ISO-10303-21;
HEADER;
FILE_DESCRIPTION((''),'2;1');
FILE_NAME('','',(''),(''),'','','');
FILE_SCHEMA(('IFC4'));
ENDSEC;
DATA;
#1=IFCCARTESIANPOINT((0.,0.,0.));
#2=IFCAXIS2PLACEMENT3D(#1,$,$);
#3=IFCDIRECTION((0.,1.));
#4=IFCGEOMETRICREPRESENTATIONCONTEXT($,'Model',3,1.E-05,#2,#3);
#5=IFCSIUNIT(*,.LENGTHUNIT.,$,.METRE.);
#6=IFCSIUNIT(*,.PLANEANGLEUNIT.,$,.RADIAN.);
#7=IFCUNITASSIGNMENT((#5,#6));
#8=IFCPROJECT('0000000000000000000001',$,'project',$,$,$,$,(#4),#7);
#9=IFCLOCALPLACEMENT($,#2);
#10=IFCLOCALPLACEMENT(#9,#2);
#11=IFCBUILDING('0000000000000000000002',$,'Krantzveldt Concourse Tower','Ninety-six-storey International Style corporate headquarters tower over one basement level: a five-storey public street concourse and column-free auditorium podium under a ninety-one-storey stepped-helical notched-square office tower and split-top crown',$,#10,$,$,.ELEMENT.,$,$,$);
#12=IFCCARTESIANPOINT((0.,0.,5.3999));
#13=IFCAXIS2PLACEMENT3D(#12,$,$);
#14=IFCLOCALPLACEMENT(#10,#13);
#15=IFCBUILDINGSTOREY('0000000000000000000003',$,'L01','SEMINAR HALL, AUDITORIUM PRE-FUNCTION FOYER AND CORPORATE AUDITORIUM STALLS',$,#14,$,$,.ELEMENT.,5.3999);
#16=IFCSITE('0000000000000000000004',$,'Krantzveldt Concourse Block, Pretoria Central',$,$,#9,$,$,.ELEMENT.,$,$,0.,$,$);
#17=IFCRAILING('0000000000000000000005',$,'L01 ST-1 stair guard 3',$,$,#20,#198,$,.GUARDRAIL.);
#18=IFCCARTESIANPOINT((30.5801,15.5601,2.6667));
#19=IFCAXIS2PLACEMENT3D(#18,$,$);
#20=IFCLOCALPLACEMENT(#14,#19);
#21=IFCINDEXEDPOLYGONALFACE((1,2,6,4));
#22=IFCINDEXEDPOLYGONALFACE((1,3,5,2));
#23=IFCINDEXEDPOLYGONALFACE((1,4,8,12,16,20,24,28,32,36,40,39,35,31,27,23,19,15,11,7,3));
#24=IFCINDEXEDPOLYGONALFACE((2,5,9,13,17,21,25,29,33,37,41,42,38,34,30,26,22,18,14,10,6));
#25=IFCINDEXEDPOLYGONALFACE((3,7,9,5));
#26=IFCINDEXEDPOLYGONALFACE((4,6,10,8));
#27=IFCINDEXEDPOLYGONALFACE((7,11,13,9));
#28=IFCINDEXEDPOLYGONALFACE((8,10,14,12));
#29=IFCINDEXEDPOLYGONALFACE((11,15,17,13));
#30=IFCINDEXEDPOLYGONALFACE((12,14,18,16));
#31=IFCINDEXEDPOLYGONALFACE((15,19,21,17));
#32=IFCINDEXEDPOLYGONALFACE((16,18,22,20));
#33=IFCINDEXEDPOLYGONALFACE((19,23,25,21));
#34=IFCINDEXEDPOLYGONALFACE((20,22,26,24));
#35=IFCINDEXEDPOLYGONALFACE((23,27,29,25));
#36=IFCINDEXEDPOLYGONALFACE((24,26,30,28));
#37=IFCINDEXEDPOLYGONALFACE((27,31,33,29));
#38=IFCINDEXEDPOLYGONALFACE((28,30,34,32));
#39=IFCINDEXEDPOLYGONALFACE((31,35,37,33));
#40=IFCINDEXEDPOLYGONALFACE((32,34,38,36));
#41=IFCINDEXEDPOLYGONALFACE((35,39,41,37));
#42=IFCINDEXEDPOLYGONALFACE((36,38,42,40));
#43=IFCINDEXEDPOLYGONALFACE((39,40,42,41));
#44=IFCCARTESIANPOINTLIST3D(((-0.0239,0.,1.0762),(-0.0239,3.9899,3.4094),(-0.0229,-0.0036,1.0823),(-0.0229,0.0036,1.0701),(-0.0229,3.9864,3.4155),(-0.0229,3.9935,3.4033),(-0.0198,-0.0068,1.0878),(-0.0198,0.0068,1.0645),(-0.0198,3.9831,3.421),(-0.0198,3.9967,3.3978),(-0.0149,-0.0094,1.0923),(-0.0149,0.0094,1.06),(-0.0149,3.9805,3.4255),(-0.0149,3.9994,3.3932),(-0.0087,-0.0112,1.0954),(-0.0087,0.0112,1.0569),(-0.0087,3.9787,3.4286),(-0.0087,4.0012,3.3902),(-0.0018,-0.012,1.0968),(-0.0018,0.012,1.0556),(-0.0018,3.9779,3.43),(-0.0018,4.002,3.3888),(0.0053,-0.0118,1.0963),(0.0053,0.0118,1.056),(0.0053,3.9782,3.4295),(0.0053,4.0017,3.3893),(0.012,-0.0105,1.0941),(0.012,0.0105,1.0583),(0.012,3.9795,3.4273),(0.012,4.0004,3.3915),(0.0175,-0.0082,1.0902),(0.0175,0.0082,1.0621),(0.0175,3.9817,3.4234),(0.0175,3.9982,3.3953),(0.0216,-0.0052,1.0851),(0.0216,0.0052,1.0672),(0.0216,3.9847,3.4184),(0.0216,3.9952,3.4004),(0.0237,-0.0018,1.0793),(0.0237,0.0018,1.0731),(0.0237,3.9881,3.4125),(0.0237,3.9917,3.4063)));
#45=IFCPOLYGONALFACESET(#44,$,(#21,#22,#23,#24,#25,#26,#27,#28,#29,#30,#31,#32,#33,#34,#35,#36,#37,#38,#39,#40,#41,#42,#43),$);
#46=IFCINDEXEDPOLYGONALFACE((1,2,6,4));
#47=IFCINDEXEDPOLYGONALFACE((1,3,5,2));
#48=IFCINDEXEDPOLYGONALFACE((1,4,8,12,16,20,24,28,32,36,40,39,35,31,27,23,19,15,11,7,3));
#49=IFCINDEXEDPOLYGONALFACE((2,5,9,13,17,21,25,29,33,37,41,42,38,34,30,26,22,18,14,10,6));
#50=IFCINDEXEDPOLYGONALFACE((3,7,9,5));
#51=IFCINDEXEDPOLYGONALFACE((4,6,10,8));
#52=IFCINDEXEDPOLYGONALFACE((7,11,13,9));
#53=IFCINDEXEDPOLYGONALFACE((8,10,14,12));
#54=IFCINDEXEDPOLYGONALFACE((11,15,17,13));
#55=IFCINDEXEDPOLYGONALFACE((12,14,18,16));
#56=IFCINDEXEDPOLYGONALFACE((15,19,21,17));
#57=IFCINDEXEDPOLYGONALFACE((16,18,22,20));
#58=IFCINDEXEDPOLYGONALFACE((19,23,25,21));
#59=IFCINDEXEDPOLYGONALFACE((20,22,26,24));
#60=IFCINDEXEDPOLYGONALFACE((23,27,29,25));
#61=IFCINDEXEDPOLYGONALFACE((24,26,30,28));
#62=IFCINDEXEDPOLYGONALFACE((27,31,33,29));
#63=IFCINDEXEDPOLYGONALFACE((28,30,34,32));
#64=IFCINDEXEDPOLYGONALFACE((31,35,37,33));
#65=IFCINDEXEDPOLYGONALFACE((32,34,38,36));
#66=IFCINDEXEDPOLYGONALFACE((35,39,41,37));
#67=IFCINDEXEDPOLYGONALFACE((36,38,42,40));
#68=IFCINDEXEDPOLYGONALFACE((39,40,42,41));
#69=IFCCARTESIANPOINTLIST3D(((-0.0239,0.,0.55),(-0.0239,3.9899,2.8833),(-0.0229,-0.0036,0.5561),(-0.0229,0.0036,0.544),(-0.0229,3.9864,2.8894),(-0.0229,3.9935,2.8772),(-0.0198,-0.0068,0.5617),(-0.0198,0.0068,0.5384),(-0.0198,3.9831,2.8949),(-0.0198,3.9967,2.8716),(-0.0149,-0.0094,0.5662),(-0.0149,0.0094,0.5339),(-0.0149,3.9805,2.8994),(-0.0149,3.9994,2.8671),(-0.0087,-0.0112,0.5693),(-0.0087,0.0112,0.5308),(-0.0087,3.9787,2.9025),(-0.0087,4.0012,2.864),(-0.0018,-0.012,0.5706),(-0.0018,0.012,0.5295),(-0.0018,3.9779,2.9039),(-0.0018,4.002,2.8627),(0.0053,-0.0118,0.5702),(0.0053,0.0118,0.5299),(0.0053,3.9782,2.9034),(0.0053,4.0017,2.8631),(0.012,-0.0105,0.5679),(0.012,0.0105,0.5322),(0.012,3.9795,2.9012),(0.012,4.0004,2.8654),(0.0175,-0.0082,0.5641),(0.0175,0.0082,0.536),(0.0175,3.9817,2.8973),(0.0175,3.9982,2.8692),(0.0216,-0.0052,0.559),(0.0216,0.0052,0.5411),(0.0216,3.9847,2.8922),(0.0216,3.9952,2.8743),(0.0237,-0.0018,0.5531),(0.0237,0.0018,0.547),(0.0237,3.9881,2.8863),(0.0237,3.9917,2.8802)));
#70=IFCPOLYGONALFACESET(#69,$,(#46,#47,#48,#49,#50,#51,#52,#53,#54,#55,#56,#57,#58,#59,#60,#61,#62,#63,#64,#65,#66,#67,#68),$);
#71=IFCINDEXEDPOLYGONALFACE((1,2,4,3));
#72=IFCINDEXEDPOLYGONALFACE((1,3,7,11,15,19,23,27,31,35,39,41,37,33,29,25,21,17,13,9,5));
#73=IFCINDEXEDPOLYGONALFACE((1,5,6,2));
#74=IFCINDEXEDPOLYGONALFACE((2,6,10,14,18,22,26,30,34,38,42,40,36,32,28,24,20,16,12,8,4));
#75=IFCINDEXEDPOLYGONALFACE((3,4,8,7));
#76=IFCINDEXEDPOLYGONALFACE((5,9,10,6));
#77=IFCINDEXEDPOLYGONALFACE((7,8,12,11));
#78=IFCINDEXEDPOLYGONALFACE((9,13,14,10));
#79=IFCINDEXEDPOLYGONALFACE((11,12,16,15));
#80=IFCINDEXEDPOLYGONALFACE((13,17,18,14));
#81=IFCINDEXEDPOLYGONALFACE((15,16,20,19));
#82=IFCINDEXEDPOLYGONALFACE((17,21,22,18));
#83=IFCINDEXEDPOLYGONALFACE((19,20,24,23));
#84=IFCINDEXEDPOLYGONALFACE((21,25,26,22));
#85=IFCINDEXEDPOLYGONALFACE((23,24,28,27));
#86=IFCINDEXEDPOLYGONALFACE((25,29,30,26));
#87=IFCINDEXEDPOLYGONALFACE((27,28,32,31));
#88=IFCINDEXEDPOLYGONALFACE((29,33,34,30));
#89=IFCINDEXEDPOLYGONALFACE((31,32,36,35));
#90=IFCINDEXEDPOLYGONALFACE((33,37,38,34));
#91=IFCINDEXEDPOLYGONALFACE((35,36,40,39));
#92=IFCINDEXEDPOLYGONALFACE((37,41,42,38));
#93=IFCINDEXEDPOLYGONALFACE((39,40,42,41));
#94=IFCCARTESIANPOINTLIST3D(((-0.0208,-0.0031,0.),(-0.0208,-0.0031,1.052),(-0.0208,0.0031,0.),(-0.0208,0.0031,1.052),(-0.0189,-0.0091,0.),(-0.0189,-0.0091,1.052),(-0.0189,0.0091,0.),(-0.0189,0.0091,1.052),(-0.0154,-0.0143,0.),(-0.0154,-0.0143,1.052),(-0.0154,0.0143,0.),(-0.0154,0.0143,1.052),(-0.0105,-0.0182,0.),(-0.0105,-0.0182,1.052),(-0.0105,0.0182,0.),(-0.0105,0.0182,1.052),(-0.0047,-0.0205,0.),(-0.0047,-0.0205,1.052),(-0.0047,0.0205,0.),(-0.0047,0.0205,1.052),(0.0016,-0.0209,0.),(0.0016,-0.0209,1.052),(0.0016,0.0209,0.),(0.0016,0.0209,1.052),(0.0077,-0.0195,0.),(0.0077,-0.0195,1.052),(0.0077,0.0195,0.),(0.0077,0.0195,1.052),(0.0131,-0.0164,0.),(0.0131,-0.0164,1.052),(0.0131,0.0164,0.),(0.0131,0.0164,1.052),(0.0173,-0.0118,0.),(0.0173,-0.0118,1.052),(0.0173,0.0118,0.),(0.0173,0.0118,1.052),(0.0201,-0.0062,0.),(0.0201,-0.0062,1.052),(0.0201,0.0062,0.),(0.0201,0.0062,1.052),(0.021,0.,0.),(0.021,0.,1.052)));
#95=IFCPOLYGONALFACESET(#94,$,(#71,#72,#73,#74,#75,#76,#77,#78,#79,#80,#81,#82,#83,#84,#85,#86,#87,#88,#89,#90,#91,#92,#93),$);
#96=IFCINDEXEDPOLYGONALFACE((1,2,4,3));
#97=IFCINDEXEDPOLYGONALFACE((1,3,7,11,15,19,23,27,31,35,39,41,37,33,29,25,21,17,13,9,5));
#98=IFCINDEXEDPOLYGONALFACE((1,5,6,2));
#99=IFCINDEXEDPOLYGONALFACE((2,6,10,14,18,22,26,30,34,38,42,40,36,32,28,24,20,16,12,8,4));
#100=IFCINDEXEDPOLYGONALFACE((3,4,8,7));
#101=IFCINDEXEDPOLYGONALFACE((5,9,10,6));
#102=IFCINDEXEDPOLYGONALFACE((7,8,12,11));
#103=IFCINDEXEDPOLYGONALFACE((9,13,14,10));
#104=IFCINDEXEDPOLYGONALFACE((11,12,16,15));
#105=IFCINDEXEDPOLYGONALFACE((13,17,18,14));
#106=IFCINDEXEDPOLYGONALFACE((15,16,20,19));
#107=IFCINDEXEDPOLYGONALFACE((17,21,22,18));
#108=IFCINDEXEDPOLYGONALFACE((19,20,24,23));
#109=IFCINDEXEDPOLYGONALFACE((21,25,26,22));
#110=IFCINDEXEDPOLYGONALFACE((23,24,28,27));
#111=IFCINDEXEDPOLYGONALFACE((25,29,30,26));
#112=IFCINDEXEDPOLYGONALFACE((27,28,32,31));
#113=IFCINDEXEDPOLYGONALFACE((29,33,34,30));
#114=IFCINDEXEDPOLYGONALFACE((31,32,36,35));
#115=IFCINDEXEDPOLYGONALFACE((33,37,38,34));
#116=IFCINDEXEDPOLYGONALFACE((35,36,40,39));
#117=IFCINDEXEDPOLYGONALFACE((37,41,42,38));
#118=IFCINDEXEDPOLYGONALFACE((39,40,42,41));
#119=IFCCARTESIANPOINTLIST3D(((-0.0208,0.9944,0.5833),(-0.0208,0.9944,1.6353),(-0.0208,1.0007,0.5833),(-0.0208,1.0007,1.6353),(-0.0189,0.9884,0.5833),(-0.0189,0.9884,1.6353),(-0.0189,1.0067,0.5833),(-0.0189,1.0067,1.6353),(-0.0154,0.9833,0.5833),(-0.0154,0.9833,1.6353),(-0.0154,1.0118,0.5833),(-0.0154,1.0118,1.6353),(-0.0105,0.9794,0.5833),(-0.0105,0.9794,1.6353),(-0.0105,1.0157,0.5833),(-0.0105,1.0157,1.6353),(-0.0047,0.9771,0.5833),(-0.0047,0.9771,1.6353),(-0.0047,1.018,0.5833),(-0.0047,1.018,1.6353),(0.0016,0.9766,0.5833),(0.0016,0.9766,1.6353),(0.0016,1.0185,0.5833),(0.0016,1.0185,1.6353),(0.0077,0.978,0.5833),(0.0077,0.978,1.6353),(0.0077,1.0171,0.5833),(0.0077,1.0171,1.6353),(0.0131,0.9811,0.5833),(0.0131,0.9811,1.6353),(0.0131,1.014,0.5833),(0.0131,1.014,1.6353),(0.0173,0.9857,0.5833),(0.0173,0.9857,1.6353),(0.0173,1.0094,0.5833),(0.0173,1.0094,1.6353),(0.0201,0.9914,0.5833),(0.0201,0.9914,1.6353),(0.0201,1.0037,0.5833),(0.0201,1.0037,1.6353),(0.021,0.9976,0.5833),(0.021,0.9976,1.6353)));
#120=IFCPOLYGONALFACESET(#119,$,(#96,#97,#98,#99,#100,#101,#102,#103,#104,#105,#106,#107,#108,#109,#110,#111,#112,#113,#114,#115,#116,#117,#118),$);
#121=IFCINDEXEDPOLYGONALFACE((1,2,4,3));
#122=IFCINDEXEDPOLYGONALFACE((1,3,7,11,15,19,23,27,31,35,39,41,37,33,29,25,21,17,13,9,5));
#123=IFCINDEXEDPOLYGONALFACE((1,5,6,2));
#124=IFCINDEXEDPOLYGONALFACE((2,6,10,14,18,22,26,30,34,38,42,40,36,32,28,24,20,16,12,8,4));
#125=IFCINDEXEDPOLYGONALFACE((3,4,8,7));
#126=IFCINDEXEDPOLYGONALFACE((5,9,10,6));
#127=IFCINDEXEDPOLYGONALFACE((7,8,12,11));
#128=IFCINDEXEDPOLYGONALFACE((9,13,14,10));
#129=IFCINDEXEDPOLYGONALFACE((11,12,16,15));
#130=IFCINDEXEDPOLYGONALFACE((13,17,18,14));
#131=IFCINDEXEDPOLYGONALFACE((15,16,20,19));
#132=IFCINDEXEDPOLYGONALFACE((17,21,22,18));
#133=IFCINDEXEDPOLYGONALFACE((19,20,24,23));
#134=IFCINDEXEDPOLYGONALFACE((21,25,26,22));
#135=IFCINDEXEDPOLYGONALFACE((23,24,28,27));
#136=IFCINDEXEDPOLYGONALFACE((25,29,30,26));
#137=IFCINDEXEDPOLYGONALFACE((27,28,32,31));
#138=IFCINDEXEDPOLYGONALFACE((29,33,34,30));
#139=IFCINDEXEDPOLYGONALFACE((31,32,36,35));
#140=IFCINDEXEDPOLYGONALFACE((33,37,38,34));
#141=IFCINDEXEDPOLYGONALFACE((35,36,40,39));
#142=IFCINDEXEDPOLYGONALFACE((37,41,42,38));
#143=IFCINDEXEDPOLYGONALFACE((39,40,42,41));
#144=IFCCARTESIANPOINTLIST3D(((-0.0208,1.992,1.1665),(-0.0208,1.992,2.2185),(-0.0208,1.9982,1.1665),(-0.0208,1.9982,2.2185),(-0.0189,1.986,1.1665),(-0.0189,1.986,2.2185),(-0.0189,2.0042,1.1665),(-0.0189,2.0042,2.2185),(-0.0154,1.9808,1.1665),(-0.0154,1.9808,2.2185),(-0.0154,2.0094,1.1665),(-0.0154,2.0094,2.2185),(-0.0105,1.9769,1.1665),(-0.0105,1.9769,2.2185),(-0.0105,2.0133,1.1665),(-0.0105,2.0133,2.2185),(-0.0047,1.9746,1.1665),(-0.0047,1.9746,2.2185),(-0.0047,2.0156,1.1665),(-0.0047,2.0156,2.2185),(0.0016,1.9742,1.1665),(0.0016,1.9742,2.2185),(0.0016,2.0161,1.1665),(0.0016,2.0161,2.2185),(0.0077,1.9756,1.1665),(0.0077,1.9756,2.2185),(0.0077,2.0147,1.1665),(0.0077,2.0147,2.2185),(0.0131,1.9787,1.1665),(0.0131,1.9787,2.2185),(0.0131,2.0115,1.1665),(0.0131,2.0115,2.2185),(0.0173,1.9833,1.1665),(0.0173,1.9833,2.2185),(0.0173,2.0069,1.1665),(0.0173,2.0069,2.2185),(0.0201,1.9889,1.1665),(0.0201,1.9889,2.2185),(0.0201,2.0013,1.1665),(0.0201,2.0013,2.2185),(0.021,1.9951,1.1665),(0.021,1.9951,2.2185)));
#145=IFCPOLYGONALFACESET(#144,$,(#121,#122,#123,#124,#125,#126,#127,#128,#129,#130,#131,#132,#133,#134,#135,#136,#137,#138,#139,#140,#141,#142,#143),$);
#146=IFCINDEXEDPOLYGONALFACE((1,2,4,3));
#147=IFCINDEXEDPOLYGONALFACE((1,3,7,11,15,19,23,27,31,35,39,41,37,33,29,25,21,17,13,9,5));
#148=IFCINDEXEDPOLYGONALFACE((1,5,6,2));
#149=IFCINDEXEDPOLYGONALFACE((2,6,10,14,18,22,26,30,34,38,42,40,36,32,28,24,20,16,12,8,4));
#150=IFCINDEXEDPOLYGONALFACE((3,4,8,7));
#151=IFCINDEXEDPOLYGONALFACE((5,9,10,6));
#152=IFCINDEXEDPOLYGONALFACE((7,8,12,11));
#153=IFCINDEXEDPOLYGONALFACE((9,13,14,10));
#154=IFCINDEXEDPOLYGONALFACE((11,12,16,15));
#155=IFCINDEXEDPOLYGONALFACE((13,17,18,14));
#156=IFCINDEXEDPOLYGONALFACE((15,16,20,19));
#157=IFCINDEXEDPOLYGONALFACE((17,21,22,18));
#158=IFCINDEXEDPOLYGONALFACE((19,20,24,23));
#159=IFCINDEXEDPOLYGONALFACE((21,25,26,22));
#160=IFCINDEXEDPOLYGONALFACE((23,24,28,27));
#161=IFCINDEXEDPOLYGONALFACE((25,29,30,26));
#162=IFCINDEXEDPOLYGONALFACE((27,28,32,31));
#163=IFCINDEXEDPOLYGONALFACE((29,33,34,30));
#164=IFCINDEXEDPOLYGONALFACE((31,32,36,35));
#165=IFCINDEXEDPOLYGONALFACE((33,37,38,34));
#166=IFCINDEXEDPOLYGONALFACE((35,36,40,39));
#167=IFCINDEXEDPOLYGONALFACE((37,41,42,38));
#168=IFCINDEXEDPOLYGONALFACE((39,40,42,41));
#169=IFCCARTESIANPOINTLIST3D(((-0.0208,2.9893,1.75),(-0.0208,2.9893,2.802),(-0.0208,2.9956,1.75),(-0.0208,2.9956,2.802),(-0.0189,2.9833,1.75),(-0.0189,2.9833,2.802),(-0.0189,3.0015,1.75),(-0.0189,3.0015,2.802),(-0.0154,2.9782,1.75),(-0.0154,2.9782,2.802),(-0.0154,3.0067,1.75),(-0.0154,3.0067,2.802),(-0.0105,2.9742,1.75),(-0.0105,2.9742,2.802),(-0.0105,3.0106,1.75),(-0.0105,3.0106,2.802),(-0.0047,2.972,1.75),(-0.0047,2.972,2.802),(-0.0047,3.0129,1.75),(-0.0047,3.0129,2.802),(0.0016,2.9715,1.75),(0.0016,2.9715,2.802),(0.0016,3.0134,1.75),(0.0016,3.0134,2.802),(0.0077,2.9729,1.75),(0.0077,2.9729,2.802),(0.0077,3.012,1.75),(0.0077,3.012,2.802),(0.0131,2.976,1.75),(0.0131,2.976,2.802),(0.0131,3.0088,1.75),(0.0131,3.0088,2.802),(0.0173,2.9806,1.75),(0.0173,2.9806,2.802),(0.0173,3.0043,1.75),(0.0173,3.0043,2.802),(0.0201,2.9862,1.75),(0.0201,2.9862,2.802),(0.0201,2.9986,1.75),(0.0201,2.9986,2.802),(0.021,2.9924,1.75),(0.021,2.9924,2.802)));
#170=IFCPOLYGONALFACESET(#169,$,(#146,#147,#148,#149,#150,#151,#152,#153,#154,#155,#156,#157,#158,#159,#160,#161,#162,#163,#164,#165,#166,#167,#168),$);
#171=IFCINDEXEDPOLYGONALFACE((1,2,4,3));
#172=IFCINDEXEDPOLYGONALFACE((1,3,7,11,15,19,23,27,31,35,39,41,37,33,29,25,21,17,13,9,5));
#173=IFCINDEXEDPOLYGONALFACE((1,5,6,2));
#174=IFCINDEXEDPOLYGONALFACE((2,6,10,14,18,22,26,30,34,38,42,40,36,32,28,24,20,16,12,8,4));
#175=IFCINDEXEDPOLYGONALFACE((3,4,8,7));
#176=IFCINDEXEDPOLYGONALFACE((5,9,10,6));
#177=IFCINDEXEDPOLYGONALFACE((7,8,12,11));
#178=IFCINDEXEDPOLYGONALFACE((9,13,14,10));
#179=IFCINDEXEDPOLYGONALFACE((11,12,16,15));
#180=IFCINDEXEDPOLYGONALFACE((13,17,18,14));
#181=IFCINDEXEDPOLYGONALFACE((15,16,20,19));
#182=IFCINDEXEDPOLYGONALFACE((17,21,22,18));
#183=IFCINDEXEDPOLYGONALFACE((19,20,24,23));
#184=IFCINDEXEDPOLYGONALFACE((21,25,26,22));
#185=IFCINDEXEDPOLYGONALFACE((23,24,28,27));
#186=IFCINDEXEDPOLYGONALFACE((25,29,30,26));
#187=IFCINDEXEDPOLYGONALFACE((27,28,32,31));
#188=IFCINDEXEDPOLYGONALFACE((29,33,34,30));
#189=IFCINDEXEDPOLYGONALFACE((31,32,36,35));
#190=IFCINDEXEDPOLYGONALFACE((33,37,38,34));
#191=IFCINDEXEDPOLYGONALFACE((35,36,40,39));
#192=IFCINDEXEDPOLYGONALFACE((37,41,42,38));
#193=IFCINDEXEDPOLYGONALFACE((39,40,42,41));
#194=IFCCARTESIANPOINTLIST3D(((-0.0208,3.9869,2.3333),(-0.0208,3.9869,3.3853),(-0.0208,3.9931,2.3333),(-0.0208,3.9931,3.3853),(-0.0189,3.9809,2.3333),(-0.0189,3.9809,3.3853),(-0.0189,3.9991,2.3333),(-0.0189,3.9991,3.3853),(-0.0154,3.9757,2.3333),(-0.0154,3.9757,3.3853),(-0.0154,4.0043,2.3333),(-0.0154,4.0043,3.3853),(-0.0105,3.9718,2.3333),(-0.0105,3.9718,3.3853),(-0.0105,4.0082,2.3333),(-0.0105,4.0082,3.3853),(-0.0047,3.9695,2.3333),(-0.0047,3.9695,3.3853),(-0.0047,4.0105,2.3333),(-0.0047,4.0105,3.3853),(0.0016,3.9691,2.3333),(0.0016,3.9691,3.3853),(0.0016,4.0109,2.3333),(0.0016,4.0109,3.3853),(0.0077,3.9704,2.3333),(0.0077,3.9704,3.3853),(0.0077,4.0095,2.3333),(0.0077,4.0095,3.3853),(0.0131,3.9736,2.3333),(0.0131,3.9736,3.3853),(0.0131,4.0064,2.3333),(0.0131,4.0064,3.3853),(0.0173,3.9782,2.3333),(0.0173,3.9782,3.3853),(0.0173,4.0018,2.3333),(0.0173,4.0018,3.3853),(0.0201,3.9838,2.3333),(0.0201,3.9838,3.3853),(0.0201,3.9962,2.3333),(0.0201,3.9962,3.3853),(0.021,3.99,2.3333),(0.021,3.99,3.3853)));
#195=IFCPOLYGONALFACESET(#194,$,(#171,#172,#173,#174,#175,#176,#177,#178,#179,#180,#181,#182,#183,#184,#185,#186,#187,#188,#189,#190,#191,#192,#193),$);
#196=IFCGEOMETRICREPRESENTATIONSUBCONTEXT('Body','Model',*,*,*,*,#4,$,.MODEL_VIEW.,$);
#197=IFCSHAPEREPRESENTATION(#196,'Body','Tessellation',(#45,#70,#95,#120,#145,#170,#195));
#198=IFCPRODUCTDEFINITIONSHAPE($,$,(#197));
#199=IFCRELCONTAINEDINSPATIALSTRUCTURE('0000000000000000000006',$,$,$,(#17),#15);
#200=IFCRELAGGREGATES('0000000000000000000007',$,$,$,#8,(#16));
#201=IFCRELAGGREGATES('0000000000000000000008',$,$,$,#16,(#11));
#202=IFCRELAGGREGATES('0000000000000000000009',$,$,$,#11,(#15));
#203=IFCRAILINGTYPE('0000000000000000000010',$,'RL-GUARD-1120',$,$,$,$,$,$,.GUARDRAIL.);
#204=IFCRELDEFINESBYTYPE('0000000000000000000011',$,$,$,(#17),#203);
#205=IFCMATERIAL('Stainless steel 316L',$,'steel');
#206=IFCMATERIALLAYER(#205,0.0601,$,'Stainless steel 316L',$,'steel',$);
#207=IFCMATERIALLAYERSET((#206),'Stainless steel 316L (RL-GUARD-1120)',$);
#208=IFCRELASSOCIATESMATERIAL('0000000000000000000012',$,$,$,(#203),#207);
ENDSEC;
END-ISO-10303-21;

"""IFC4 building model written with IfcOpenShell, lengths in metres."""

from ifc_helpers import new_model, si_unit, direction, frame, origin, origin_2d, place, context, subcontext, project, spatial, circle, extrude, material, layer, layer_set, type_object, element, save


model = new_model("IFC4")

# Units and contexts
model_context = context("Model", 3, precision=1e-05, world=origin(), true_north=direction((0.0, 1.0)))
body_context = subcontext(model_context, "Body", "Model", "MODEL_VIEW")
ifc_project = project(units=[si_unit("LENGTHUNIT", "METRE"), si_unit("PLANEANGLEUNIT", "RADIAN")], contexts=[model_context])

# Site, building, storey
site_placement = place(None, origin())
site = spatial("IfcSite", under=ifc_project, at=site_placement, Name="Krantzveldt Concourse Block, Pretoria Central", CompositionType="ELEMENT", RefElevation=0.0)
building_placement = place(site_placement, origin())
building = spatial("IfcBuilding", under=site, at=building_placement, Name="Krantzveldt Concourse Tower", Description="Ninety-six-storey International Style corporate headquarters tower over one basement level: a five-storey public street concourse and column-free auditorium podium under a ninety-one-storey stepped-helical notched-square office tower and split-top crown", CompositionType="ELEMENT")
storey_placement = place(building_placement, frame((0.0, 0.0, 5.3999)))
storey = spatial("IfcBuildingStorey", under=building, at=storey_placement, Name="L01", Description="SEMINAR HALL, AUDITORIUM PRE-FUNCTION FOYER AND CORPORATE AUDITORIUM STALLS", CompositionType="ELEMENT", Elevation=5.3999)

# Shared definitions
ifc_material_1 = material(Name="Stainless steel 316L", Category="steel")

# Railing
ifc_layer_1 = layer(ifc_material_1, 0.0601, Name="Stainless steel 316L", Category="steel")
ifc_layer_set_1 = layer_set([ifc_layer_1], Name="Stainless steel 316L (RL-GUARD-1120)")
railing_type_1 = type_object("IfcRailingType", Name="RL-GUARD-1120", PredefinedType="GUARDRAIL", material=ifc_layer_set_1)
railing_1_placement = place(storey_placement, frame((30.5801, 15.5601, 2.6667)))
element("IfcRailing", 1, at=railing_1_placement, inside=storey, type_object=railing_type_1, Name="L01 ST-1 stair guard 3", PredefinedType="GUARDRAIL", context=body_context, shape_type="SweptSolid", body=[
    extrude(circle(Radius=0.0239, at=origin_2d()), frame((0.0, 0.0, 1.0762), z_axis=(0.0, 0.863236, 0.5048), x_axis=(-1.0, 0.0, 0.0)), (0.0, 0.0, 1.0), 4.6221),
    extrude(circle(Radius=0.0239, at=origin_2d()), frame((0.0, 0.0, 0.55), z_axis=(0.0, 0.863236, 0.5048), x_axis=(-1.0, 0.0, 0.0)), (0.0, 0.0, 1.0), 4.6221),
    extrude(circle(Radius=0.021, at=origin_2d()), origin(), (0.0, 0.0, 1.0), 1.052),
    extrude(circle(Radius=0.021, at=origin_2d()), frame((0.0, 0.9976, 0.5833)), (0.0, 0.0, 1.0), 1.052),
    extrude(circle(Radius=0.021, at=origin_2d()), frame((0.0, 1.9951, 1.1665)), (0.0, 0.0, 1.0), 1.052),
    extrude(circle(Radius=0.021, at=origin_2d()), frame((0.0, 2.9924, 1.75)), (0.0, 0.0, 1.0), 1.052),
    extrude(circle(Radius=0.021, at=origin_2d()), frame((0.0, 3.99, 2.3333)), (0.0, 0.0, 1.0), 1.052),
])

save(model, "model.ifc")
